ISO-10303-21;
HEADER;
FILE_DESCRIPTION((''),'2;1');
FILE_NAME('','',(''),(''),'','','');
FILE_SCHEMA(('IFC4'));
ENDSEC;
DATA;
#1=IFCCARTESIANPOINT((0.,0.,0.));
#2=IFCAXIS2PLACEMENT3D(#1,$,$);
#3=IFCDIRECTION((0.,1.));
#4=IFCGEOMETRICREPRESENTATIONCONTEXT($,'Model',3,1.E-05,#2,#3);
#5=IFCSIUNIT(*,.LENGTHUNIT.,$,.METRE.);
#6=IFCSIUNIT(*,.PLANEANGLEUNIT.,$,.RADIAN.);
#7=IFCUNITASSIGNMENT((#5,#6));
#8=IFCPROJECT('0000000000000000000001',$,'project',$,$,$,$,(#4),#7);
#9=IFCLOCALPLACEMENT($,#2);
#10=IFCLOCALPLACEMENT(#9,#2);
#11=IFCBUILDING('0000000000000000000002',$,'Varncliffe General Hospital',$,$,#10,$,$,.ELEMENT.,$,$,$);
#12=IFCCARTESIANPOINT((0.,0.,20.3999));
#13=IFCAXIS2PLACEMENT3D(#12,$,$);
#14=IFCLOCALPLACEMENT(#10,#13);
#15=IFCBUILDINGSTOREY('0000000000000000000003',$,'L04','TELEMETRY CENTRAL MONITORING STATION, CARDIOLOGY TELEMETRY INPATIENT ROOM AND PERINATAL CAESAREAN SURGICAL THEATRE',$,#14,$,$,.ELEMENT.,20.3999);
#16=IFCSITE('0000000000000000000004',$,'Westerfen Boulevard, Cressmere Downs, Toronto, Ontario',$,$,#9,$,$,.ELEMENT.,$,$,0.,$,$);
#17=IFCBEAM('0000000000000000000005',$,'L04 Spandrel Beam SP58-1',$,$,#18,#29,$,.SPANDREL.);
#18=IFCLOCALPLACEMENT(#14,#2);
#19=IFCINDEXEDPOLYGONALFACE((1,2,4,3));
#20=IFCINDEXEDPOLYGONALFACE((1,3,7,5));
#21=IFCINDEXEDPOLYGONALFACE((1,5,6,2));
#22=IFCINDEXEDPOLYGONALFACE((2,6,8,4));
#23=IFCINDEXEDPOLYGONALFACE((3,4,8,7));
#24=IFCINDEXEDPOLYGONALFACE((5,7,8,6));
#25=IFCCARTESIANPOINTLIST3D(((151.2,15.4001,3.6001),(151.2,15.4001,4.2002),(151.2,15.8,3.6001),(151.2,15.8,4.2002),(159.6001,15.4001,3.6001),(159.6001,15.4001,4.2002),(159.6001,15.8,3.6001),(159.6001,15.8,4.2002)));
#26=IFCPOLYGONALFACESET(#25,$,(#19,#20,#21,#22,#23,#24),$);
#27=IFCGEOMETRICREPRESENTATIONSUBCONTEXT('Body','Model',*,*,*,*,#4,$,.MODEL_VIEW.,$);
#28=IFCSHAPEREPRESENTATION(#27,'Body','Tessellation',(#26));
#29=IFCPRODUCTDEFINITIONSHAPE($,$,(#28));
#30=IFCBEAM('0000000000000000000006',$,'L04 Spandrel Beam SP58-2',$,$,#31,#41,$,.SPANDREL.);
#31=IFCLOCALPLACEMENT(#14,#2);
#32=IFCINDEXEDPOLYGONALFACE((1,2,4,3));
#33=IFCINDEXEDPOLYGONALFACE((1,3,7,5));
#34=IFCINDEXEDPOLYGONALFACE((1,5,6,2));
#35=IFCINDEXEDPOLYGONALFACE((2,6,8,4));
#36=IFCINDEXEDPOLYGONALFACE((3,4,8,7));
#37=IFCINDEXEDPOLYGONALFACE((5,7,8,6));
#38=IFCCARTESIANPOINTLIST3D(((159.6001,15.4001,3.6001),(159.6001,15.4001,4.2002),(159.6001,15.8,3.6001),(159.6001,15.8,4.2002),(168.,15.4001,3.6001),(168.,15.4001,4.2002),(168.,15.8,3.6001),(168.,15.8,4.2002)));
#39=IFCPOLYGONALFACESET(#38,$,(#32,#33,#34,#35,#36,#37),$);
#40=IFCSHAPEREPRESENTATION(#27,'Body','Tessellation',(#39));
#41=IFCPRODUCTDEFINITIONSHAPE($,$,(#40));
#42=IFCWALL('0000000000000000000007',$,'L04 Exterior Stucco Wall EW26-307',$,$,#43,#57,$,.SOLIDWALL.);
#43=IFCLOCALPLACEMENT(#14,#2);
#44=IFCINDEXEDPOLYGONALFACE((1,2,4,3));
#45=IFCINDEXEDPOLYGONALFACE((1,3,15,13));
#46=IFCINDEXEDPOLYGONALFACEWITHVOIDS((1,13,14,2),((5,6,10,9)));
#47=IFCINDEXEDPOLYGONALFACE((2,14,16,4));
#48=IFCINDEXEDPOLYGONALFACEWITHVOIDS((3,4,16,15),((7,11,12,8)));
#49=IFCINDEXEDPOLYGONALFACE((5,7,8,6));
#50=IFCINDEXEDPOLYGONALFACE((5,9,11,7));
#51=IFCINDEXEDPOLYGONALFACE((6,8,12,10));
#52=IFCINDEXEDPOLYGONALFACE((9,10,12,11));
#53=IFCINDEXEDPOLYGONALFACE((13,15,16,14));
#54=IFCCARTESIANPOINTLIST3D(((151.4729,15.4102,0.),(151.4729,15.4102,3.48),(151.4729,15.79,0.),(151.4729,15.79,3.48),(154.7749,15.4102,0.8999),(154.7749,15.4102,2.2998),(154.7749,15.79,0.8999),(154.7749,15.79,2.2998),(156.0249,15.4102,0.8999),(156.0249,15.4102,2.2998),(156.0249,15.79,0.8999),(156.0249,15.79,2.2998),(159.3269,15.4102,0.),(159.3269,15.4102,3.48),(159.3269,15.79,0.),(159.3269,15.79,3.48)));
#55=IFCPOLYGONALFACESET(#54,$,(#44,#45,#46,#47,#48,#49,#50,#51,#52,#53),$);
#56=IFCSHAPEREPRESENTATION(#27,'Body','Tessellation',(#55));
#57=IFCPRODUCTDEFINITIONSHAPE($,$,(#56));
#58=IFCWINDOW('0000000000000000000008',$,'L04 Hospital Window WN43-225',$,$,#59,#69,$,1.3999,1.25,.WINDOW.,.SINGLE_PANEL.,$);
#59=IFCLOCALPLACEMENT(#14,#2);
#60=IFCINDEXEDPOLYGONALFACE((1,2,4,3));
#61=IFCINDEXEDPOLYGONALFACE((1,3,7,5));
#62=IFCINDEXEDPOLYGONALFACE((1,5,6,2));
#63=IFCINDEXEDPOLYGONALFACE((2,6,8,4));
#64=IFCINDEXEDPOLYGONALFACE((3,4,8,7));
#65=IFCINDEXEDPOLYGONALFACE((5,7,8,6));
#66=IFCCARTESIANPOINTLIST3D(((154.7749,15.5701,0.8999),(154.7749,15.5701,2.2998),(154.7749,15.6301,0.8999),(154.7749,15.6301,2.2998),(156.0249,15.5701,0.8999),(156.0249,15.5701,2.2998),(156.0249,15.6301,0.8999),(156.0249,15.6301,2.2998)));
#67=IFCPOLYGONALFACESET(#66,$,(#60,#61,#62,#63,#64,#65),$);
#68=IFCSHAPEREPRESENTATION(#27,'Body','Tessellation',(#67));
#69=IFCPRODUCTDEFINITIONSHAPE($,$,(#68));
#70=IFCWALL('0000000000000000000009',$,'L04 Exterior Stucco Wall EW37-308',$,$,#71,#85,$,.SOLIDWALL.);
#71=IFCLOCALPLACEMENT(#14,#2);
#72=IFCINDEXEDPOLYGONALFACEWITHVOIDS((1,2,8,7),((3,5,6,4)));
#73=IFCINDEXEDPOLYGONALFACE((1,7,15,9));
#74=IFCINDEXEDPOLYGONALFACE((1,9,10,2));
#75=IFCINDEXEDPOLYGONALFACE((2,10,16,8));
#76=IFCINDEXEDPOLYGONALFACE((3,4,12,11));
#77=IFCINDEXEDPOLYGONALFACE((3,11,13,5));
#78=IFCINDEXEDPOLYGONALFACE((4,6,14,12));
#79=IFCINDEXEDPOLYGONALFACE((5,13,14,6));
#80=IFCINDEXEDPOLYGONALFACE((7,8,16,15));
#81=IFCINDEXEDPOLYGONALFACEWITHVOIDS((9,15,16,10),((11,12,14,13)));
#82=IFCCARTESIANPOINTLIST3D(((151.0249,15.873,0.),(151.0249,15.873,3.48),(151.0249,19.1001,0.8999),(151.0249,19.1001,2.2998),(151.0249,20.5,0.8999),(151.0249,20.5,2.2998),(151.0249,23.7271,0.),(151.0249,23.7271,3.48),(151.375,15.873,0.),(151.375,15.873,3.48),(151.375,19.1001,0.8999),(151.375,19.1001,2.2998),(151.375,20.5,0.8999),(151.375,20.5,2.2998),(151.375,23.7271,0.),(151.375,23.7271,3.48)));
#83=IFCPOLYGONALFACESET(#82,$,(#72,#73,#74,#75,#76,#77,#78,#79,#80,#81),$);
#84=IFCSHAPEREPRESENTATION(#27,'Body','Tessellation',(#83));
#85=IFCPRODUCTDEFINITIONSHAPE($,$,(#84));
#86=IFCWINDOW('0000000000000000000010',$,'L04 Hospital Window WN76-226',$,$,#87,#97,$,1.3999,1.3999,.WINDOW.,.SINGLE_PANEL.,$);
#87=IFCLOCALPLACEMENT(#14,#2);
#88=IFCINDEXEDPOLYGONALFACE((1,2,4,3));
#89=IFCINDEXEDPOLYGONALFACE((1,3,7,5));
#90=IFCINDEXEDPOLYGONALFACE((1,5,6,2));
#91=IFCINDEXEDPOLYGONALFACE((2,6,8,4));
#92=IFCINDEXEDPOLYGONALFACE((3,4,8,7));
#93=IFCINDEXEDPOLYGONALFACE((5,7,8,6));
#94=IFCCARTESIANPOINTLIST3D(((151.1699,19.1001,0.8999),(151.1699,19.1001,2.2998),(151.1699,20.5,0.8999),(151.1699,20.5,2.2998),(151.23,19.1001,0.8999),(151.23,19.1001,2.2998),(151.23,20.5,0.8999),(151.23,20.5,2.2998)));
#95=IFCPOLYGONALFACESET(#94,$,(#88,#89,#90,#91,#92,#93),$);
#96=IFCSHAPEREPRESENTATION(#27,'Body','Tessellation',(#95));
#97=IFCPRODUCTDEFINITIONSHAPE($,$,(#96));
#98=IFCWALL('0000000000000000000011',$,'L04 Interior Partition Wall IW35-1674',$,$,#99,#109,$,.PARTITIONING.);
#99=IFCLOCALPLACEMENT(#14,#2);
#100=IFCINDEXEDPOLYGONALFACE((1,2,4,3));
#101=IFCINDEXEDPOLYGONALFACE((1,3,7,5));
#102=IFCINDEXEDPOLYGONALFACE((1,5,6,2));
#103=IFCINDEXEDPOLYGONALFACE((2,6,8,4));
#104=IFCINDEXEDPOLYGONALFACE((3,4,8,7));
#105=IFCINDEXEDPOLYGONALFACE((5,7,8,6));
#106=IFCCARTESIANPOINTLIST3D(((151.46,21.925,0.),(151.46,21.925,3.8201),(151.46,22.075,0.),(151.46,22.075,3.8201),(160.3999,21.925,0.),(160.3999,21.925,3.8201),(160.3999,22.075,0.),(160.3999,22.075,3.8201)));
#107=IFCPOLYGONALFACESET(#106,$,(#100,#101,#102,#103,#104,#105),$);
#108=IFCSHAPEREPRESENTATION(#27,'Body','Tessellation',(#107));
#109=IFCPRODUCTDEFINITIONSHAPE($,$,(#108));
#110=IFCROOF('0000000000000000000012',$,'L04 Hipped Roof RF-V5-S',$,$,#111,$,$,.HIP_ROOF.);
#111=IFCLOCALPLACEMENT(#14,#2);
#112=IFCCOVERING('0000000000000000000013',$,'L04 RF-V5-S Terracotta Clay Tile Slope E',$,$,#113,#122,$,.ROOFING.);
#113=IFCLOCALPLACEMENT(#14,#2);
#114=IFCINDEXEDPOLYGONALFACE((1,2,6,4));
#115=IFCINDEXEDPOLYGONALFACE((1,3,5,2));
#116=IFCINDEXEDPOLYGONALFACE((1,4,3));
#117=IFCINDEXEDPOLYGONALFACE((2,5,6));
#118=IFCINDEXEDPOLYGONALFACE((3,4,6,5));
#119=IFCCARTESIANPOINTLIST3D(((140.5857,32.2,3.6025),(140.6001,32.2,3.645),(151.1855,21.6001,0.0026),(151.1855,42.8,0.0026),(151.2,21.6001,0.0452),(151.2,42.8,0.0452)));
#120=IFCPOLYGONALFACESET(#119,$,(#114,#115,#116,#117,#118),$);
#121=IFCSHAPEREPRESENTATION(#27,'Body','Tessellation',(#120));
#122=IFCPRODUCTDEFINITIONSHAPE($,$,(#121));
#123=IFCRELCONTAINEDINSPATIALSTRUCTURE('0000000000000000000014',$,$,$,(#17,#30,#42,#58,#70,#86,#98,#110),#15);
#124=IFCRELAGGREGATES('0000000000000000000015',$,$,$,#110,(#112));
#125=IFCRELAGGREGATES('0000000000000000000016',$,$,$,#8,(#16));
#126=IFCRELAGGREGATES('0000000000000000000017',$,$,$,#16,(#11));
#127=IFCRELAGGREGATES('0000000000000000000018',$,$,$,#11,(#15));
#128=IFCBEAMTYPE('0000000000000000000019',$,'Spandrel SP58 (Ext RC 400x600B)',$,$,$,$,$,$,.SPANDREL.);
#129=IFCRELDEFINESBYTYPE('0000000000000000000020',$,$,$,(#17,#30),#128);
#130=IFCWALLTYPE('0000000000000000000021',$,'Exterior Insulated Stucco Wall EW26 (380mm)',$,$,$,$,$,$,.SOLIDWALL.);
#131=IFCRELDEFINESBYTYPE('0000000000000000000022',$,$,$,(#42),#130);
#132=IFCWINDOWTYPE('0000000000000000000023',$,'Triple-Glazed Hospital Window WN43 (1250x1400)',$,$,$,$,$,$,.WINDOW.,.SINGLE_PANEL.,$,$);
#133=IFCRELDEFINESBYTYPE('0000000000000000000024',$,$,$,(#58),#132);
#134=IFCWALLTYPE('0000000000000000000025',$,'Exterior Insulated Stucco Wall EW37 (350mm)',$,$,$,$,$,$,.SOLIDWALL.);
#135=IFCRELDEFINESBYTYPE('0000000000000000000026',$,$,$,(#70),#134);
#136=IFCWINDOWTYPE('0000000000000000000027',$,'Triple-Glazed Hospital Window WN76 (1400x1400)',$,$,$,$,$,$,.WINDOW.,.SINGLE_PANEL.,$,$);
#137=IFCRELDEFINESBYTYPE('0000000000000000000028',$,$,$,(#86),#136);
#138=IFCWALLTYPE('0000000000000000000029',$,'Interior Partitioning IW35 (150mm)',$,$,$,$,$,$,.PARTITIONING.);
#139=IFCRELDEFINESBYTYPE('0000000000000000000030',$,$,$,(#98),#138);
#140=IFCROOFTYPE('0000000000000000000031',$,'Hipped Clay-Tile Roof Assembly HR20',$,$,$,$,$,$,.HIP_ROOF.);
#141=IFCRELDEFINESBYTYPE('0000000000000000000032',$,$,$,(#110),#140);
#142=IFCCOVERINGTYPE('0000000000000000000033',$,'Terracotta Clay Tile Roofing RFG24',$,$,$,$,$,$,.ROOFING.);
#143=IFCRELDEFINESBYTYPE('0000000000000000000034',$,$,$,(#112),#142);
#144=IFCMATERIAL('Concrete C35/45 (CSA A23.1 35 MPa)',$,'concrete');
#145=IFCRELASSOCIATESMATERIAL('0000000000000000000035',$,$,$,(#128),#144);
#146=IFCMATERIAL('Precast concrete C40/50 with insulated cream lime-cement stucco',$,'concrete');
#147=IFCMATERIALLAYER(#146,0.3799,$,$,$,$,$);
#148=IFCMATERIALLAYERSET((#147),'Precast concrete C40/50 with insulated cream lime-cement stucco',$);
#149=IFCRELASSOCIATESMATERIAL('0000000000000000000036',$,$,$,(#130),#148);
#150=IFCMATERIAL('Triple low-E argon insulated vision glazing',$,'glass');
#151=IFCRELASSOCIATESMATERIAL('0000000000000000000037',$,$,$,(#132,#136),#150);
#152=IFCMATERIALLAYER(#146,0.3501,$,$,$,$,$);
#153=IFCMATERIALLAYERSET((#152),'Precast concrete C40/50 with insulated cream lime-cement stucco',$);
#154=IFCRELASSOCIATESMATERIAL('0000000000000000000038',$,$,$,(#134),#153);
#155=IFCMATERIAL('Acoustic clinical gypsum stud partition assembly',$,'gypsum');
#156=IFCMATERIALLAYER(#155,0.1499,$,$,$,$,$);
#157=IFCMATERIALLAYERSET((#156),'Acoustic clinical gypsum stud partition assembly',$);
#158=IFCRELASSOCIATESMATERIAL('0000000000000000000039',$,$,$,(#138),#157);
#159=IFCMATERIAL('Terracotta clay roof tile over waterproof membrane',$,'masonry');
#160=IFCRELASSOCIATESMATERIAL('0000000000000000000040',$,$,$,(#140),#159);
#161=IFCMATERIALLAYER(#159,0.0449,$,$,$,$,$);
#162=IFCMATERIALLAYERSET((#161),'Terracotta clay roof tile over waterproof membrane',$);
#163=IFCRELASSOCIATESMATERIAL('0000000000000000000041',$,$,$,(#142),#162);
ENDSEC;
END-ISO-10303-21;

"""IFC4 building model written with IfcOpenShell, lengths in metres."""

from ifc_helpers import new_model, si_unit, direction, frame, frame_2d, origin, origin_2d, place, context, subcontext, project, spatial, polyline, rectangle, outline, extrude, material, layer, layer_set, material_profile, profile_set, type_object, element, fill, aggregate, save


model = new_model("IFC4")

# Units and contexts
model_context = context("Model", 3, precision=1e-05, world=origin(), true_north=direction((0.0, 1.0)))
body_context = subcontext(model_context, "Body", "Model", "MODEL_VIEW")
ifc_project = project(units=[si_unit("LENGTHUNIT", "METRE"), si_unit("PLANEANGLEUNIT", "RADIAN")], contexts=[model_context])

# Site, building, storey
site_placement = place(None, origin())
site = spatial("IfcSite", under=ifc_project, at=site_placement, Name="Westerfen Boulevard, Cressmere Downs, Toronto, Ontario", CompositionType="ELEMENT", RefElevation=0.0)
building_placement = place(site_placement, origin())
building = spatial("IfcBuilding", under=site, at=building_placement, Name="Varncliffe General Hospital", CompositionType="ELEMENT")
storey_placement = place(building_placement, frame((0.0, 0.0, 20.3999)))
storey = spatial("IfcBuildingStorey", under=building, at=storey_placement, Name="L04", Description="TELEMETRY CENTRAL MONITORING STATION, CARDIOLOGY TELEMETRY INPATIENT ROOM AND PERINATAL CAESAREAN SURGICAL THEATRE", CompositionType="ELEMENT", Elevation=20.3999)

# Shared definitions
ifc_material_1 = material(Name="Concrete C35/45 (CSA A23.1 35 MPa)", Category="concrete")

# Beams
ifc_material_profile_1 = material_profile(ifc_material_1, rectangle(XDim=0.3999, YDim=0.6001, at=origin_2d()), Name="RC 400x600")
ifc_profile_set_1 = profile_set([ifc_material_profile_1], Name="Concrete C35/45 (CSA A23.1 35 MPa)")
beam_type_1 = type_object("IfcBeamType", Name="Spandrel SP58 (Ext RC 400x600B)", PredefinedType="SPANDREL", material=ifc_profile_set_1)
beam_1_placement = place(storey_placement, frame((151.2, 15.6001, 3.9001), z_axis=(1.0, 0.0, 0.0), x_axis=(0.0, 1.0, 0.0)))
element("IfcBeam", 1, at=beam_1_placement, inside=storey, type_object=beam_type_1, Name="L04 Spandrel Beam SP58-1", PredefinedType="SPANDREL", context=body_context, shape_type="SweptSolid", body=[
    extrude(rectangle(XDim=0.3999, YDim=0.6001, at=origin_2d()), origin(), (0.0, 0.0, 1.0), 8.4001),
])
beam_2_placement = place(storey_placement, frame((159.6001, 15.6001, 3.9001), z_axis=(1.0, 0.0, 0.0), x_axis=(0.0, 1.0, 0.0)))
element("IfcBeam", 2, at=beam_2_placement, inside=storey, type_object=beam_type_1, Name="L04 Spandrel Beam SP58-2", PredefinedType="SPANDREL", context=body_context, shape_type="SweptSolid", body=[
    extrude(rectangle(XDim=0.3999, YDim=0.6001, at=origin_2d()), origin(), (0.0, 0.0, 1.0), 8.3999),
])

# Walls, openings, windows
ifc_material_2 = material(Name="Precast concrete C40/50 with insulated cream lime-cement stucco", Category="concrete")
ifc_layer_1 = layer(ifc_material_2, 0.3799)
ifc_layer_set_1 = layer_set([ifc_layer_1], Name="Precast concrete C40/50 with insulated cream lime-cement stucco")
wall_type_1 = type_object("IfcWallType", Name="Exterior Insulated Stucco Wall EW26 (380mm)", PredefinedType="SOLIDWALL", material=ifc_layer_set_1)
wall_1_placement = place(storey_placement, frame((159.3269, 15.6001, 0.0), z_axis=(0.0, 0.0, 1.0), x_axis=(-1.0, 0.0, 0.0)))
wall_1 = element("IfcWall", 3, at=wall_1_placement, inside=storey, type_object=wall_type_1, Name="L04 Exterior Stucco Wall EW26-307", PredefinedType="SOLIDWALL", context=body_context, shape_type="SweptSolid", body=[
    extrude(rectangle(XDim=7.854, YDim=0.3799, at=frame_2d((3.927, 0.0))), origin(), (0.0, 0.0, 1.0), 3.48),
])
opening_1_placement = place(wall_1_placement, frame((3.302, 0.0, 0.8999)))
opening_1 = element("IfcOpeningElement", 4, at=opening_1_placement, cuts=wall_1, PredefinedType="OPENING", context=body_context, shape_type="SweptSolid", body=[
    extrude(rectangle(XDim=1.25, YDim=1.3999, at=frame_2d((0.625, 0.7))), frame((0.0, 0.2, 0.0), z_axis=(0.0, -1.0, 0.0), x_axis=(1.0, 0.0, 0.0)), (0.0, 0.0, 1.0), 0.3999),
])
ifc_material_3 = material(Name="Triple low-E argon insulated vision glazing", Category="glass")
window_type_1 = type_object("IfcWindowType", Name="Triple-Glazed Hospital Window WN43 (1250x1400)", PartitioningType="SINGLE_PANEL", PredefinedType="WINDOW", material=ifc_material_3)
window_1_placement = place(opening_1_placement, origin())
window_1 = element("IfcWindow", 5, at=window_1_placement, inside=storey, type_object=window_type_1, Name="L04 Hospital Window WN43-225", OverallHeight=1.3999, OverallWidth=1.25, PartitioningType="SINGLE_PANEL", PredefinedType="WINDOW", context=body_context, shape_type="SweptSolid", body=[
    extrude(rectangle(XDim=1.25, YDim=1.3999, at=frame_2d((0.625, 0.7))), frame((0.0, 0.03, 0.0), z_axis=(0.0, -1.0, 0.0), x_axis=(1.0, 0.0, 0.0)), (0.0, 0.0, 1.0), 0.0601),
])
fill(opening_1, window_1)
ifc_layer_2 = layer(ifc_material_2, 0.3501)
ifc_layer_set_2 = layer_set([ifc_layer_2], Name="Precast concrete C40/50 with insulated cream lime-cement stucco")
wall_type_2 = type_object("IfcWallType", Name="Exterior Insulated Stucco Wall EW37 (350mm)", PredefinedType="SOLIDWALL", material=ifc_layer_set_2)
wall_2_placement = place(storey_placement, frame((151.2, 15.873, 0.0), z_axis=(0.0, 0.0, 1.0), x_axis=(0.0, 1.0, 0.0)))
wall_2 = element("IfcWall", 6, at=wall_2_placement, inside=storey, type_object=wall_type_2, Name="L04 Exterior Stucco Wall EW37-308", PredefinedType="SOLIDWALL", context=body_context, shape_type="SweptSolid", body=[
    extrude(rectangle(XDim=7.854, YDim=0.3501, at=frame_2d((3.927, 0.0))), origin(), (0.0, 0.0, 1.0), 3.48),
])
opening_2_placement = place(wall_2_placement, frame((3.2271, 0.0, 0.8999)))
opening_2 = element("IfcOpeningElement", 7, at=opening_2_placement, cuts=wall_2, PredefinedType="OPENING", context=body_context, shape_type="SweptSolid", body=[
    extrude(rectangle(XDim=1.3999, YDim=1.3999, at=frame_2d((0.7, 0.7))), frame((0.0, 0.1851, 0.0), z_axis=(0.0, -1.0, 0.0), x_axis=(1.0, 0.0, 0.0)), (0.0, 0.0, 1.0), 0.3701),
])
window_type_2 = type_object("IfcWindowType", Name="Triple-Glazed Hospital Window WN76 (1400x1400)", PartitioningType="SINGLE_PANEL", PredefinedType="WINDOW", material=ifc_material_3)
window_2_placement = place(opening_2_placement, origin())
window_2 = element("IfcWindow", 8, at=window_2_placement, inside=storey, type_object=window_type_2, Name="L04 Hospital Window WN76-226", OverallHeight=1.3999, OverallWidth=1.3999, PartitioningType="SINGLE_PANEL", PredefinedType="WINDOW", context=body_context, shape_type="SweptSolid", body=[
    extrude(rectangle(XDim=1.3999, YDim=1.3999, at=frame_2d((0.7, 0.7))), frame((0.0, 0.03, 0.0), z_axis=(0.0, -1.0, 0.0), x_axis=(1.0, 0.0, 0.0)), (0.0, 0.0, 1.0), 0.0601),
])
fill(opening_2, window_2)

# Wall
ifc_material_4 = material(Name="Acoustic clinical gypsum stud partition assembly", Category="gypsum")
ifc_layer_3 = layer(ifc_material_4, 0.1499)
ifc_layer_set_3 = layer_set([ifc_layer_3], Name="Acoustic clinical gypsum stud partition assembly")
wall_type_3 = type_object("IfcWallType", Name="Interior Partitioning IW35 (150mm)", PredefinedType="PARTITIONING", material=ifc_layer_set_3)
wall_3_placement = place(storey_placement, frame((151.46, 22.0, 0.0), z_axis=(0.0, 0.0, 1.0), x_axis=(1.0, 0.0, 0.0)))
element("IfcWall", 9, at=wall_3_placement, inside=storey, type_object=wall_type_3, Name="L04 Interior Partition Wall IW35-1674", PredefinedType="PARTITIONING", context=body_context, shape_type="SweptSolid", body=[
    extrude(rectangle(XDim=8.9399, YDim=0.1499, at=frame_2d((4.47, 0.0))), origin(), (0.0, 0.0, 1.0), 3.8201),
])

# Roof, covering
ifc_material_5 = material(Name="Terracotta clay roof tile over waterproof membrane", Category="masonry")
roof_type = type_object("IfcRoofType", Name="Hipped Clay-Tile Roof Assembly HR20", PredefinedType="HIP_ROOF", material=ifc_material_5)
roof_placement = place(storey_placement, origin())
roof = element("IfcRoof", 10, at=roof_placement, inside=storey, type_object=roof_type, Name="L04 Hipped Roof RF-V5-S", PredefinedType="HIP_ROOF")
ifc_layer_4 = layer(ifc_material_5, 0.0449)
ifc_layer_set_4 = layer_set([ifc_layer_4], Name="Terracotta clay roof tile over waterproof membrane")
covering_type = type_object("IfcCoveringType", Name="Terracotta Clay Tile Roofing RFG24", PredefinedType="ROOFING", material=ifc_layer_set_4)
covering_placement = place(storey_placement, frame((151.2, 21.6001, 0.0452), z_axis=(0.321575, 0.0, 0.946884), x_axis=(0.0, 1.0, 0.0)))
covering = element("IfcCovering", 11, at=covering_placement, type_object=covering_type, Name="L04 RF-V5-S Terracotta Clay Tile Slope E", PredefinedType="ROOFING", context=body_context, shape_type="SweptSolid", body=[
    extrude(outline(polyline([(0.0, 0.0), (21.2, 0.0), (10.5999, 11.1945), (0.0, 0.0)])), origin(), (0.0, 0.0, -1.0), 0.0449),
])
aggregate(roof, [covering])

save(model, "model.ifc")
